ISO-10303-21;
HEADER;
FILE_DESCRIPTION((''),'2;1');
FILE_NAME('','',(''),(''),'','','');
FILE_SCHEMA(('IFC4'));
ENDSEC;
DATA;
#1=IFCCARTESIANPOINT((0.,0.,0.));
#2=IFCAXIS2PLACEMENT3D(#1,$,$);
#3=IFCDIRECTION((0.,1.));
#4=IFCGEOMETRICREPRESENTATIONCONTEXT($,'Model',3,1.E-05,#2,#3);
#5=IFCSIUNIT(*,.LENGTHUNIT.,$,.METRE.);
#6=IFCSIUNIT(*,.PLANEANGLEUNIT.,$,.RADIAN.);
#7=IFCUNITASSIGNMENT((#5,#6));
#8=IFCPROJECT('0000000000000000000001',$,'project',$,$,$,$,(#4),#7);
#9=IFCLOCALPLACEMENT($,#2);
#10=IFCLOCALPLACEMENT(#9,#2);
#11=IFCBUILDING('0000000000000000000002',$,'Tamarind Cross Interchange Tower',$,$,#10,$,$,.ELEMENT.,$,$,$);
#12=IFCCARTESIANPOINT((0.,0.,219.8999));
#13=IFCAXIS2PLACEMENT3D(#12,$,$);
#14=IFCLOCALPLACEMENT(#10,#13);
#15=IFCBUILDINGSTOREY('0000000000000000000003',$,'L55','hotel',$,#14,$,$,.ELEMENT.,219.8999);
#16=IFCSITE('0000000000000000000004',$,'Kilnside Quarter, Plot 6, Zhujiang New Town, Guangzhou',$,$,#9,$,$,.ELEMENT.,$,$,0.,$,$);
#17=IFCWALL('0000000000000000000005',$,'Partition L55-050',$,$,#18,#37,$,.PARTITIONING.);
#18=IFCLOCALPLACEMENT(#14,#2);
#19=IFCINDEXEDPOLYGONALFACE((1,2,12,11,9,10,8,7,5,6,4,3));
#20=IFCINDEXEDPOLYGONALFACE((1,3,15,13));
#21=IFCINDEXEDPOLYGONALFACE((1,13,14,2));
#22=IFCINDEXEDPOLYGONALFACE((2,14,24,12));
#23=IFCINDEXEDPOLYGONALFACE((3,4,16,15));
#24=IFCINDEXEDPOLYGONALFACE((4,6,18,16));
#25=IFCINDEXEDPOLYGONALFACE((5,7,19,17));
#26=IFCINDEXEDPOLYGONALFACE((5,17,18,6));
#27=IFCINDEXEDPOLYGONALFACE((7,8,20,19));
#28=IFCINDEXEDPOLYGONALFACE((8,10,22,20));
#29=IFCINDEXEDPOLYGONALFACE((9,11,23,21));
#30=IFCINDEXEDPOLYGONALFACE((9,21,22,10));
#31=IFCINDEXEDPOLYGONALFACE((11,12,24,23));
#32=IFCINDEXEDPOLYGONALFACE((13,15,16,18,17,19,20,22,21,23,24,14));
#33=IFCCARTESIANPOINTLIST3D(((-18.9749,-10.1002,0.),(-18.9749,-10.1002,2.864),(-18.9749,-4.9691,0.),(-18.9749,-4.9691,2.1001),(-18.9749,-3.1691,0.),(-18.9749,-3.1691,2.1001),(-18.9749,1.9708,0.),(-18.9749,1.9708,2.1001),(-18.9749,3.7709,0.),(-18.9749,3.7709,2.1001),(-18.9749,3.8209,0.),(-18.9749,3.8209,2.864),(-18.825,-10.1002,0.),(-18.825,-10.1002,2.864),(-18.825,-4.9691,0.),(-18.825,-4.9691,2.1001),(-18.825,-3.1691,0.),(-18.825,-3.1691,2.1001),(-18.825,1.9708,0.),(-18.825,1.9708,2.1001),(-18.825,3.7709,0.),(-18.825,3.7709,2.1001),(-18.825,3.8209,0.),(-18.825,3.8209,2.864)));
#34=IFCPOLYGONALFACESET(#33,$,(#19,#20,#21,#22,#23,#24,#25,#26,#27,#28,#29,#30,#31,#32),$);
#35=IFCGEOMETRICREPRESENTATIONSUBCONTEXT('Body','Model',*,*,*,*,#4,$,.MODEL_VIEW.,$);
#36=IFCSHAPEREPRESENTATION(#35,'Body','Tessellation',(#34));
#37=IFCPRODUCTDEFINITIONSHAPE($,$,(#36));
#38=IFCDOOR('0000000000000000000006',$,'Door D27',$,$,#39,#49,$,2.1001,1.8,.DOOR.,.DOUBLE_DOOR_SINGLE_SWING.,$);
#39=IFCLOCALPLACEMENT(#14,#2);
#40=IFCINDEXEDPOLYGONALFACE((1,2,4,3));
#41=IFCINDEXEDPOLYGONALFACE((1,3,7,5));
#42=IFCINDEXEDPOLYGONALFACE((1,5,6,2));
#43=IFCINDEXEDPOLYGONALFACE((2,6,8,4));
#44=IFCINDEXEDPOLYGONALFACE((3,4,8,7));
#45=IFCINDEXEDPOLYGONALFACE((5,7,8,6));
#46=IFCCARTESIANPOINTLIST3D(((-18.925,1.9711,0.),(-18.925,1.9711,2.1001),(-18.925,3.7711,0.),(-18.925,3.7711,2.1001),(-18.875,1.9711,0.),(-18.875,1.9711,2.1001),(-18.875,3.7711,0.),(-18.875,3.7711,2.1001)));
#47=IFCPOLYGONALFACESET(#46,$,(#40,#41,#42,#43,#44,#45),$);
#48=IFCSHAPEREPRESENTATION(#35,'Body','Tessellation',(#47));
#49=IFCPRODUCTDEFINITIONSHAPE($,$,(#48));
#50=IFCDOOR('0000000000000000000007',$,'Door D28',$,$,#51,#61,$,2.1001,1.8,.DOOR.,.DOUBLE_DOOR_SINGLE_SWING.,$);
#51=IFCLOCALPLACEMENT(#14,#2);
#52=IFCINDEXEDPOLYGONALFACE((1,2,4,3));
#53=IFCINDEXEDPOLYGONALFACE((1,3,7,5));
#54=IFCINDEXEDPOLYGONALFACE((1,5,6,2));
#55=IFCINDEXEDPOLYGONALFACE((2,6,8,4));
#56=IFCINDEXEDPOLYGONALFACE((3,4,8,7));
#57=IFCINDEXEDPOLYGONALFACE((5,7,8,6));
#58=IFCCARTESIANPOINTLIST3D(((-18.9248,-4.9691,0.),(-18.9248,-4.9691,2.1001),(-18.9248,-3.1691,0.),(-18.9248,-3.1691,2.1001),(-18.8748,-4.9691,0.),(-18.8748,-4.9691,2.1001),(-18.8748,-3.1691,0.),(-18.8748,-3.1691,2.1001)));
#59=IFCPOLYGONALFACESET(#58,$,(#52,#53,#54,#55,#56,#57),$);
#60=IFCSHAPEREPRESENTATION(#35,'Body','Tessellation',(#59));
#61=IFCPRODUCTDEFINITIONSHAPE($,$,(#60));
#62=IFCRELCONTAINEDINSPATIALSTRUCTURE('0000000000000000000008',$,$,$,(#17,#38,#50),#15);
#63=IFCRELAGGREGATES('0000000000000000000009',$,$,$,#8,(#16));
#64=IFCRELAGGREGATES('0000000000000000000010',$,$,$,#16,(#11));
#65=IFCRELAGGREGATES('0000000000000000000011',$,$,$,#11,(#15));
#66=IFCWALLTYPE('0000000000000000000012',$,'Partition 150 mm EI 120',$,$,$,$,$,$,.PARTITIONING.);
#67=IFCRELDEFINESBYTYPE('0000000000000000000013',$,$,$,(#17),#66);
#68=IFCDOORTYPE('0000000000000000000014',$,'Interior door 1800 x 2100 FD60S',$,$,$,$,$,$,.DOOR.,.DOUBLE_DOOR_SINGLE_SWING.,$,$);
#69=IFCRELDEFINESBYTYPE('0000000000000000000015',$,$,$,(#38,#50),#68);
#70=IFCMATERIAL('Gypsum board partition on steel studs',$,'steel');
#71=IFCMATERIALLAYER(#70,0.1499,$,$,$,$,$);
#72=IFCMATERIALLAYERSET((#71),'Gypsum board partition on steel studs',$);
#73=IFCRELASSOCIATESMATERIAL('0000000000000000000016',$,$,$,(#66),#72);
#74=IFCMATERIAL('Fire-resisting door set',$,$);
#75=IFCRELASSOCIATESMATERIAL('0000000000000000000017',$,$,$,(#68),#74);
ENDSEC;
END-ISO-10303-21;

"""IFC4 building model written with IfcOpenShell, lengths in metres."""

from ifc_helpers import new_model, si_unit, direction, frame, frame_2d, origin, place, context, subcontext, project, spatial, rectangle, extrude, material, layer, layer_set, type_object, element, fill, save


model = new_model("IFC4")

# Units and contexts
model_context = context("Model", 3, precision=1e-05, world=origin(), true_north=direction((0.0, 1.0)))
body_context = subcontext(model_context, "Body", "Model", "MODEL_VIEW")
ifc_project = project(units=[si_unit("LENGTHUNIT", "METRE"), si_unit("PLANEANGLEUNIT", "RADIAN")], contexts=[model_context])

# Site, building, storey
site_placement = place(None, origin())
site = spatial("IfcSite", under=ifc_project, at=site_placement, Name="Kilnside Quarter, Plot 6, Zhujiang New Town, Guangzhou", CompositionType="ELEMENT", RefElevation=0.0)
building_placement = place(site_placement, origin())
building = spatial("IfcBuilding", under=site, at=building_placement, Name="Tamarind Cross Interchange Tower", CompositionType="ELEMENT")
storey_placement = place(building_placement, frame((0.0, 0.0, 219.8999)))
storey = spatial("IfcBuildingStorey", under=building, at=storey_placement, Name="L55", Description="hotel", CompositionType="ELEMENT", Elevation=219.8999)

# Shared definitions
ifc_material_1 = material(Name="Gypsum board partition on steel studs", Category="steel")
ifc_layer = layer(ifc_material_1, 0.1499)
ifc_layer_set = layer_set([ifc_layer], Name="Gypsum board partition on steel studs")
wall_type = type_object("IfcWallType", Name="Partition 150 mm EI 120", PredefinedType="PARTITIONING", material=ifc_layer_set)

# Wall, openings, doors
wall_1_placement = place(storey_placement, frame((-18.8999, -10.1001, 0.0), z_axis=(0.0, 0.0, 1.0), x_axis=(0.0, 1.0, 0.0)))
wall_1 = element("IfcWall", 1, at=wall_1_placement, inside=storey, type_object=wall_type, Name="Partition L55-050", PredefinedType="PARTITIONING", context=body_context, shape_type="SweptSolid", body=[
    extrude(rectangle(XDim=13.9211, YDim=0.1499, at=frame_2d((6.9604, 0.0))), origin(), (0.0, 0.0, 1.0), 2.864),
])
opening_1_placement = place(wall_1_placement, frame((12.071, 0.0, 0.0)))
opening_1 = element("IfcOpeningElement", 2, at=opening_1_placement, cuts=wall_1, PredefinedType="OPENING", context=body_context, shape_type="SweptSolid", body=[
    extrude(rectangle(XDim=1.8, YDim=2.1001, at=frame_2d((0.8999, 1.05))), frame((0.0, 0.085, 0.0), z_axis=(0.0, -1.0, 0.0), x_axis=(1.0, 0.0, 0.0)), (0.0, 0.0, 1.0), 0.1699),
])
opening_2_placement = place(wall_1_placement, frame((5.1311, 0.0, 0.0)))
opening_2 = element("IfcOpeningElement", 3, at=opening_2_placement, cuts=wall_1, PredefinedType="OPENING", context=body_context, shape_type="SweptSolid", body=[
    extrude(rectangle(XDim=1.8, YDim=2.1001, at=frame_2d((0.8999, 1.05))), frame((0.0, 0.085, 0.0), z_axis=(0.0, -1.0, 0.0), x_axis=(1.0, 0.0, 0.0)), (0.0, 0.0, 1.0), 0.1699),
])
ifc_material_2 = material(Name="Fire-resisting door set")
door_type = type_object("IfcDoorType", Name="Interior door 1800 x 2100 FD60S", OperationType="DOUBLE_DOOR_SINGLE_SWING", PredefinedType="DOOR", material=ifc_material_2)
door_1_placement = place(opening_1_placement, frame((1.8, 0.0, 0.0), z_axis=(0.0, 0.0, 1.0), x_axis=(-1.0, 0.0, 0.0)))
door_1 = element("IfcDoor", 4, at=door_1_placement, inside=storey, type_object=door_type, Name="Door D27", OperationType="DOUBLE_DOOR_SINGLE_SWING", OverallHeight=2.1001, OverallWidth=1.8, PredefinedType="DOOR", context=body_context, shape_type="SweptSolid", body=[
    extrude(rectangle(XDim=1.8, YDim=2.1001, at=frame_2d((0.8999, 1.05))), frame((0.0, 0.0249, 0.0), z_axis=(0.0, -1.0, 0.0), x_axis=(1.0, 0.0, 0.0)), (0.0, 0.0, 1.0), 0.05),
])
fill(opening_1, door_1)
door_2_placement = place(opening_2_placement, origin())
door_2 = element("IfcDoor", 5, at=door_2_placement, inside=storey, type_object=door_type, Name="Door D28", OperationType="DOUBLE_DOOR_SINGLE_SWING", OverallHeight=2.1001, OverallWidth=1.8, PredefinedType="DOOR", context=body_context, shape_type="SweptSolid", body=[
    extrude(rectangle(XDim=1.8, YDim=2.1001, at=frame_2d((0.8999, 1.05))), frame((0.0, 0.0249, 0.0), z_axis=(0.0, -1.0, 0.0), x_axis=(1.0, 0.0, 0.0)), (0.0, 0.0, 1.0), 0.05),
])
fill(opening_2, door_2)

save(model, "model.ifc")
